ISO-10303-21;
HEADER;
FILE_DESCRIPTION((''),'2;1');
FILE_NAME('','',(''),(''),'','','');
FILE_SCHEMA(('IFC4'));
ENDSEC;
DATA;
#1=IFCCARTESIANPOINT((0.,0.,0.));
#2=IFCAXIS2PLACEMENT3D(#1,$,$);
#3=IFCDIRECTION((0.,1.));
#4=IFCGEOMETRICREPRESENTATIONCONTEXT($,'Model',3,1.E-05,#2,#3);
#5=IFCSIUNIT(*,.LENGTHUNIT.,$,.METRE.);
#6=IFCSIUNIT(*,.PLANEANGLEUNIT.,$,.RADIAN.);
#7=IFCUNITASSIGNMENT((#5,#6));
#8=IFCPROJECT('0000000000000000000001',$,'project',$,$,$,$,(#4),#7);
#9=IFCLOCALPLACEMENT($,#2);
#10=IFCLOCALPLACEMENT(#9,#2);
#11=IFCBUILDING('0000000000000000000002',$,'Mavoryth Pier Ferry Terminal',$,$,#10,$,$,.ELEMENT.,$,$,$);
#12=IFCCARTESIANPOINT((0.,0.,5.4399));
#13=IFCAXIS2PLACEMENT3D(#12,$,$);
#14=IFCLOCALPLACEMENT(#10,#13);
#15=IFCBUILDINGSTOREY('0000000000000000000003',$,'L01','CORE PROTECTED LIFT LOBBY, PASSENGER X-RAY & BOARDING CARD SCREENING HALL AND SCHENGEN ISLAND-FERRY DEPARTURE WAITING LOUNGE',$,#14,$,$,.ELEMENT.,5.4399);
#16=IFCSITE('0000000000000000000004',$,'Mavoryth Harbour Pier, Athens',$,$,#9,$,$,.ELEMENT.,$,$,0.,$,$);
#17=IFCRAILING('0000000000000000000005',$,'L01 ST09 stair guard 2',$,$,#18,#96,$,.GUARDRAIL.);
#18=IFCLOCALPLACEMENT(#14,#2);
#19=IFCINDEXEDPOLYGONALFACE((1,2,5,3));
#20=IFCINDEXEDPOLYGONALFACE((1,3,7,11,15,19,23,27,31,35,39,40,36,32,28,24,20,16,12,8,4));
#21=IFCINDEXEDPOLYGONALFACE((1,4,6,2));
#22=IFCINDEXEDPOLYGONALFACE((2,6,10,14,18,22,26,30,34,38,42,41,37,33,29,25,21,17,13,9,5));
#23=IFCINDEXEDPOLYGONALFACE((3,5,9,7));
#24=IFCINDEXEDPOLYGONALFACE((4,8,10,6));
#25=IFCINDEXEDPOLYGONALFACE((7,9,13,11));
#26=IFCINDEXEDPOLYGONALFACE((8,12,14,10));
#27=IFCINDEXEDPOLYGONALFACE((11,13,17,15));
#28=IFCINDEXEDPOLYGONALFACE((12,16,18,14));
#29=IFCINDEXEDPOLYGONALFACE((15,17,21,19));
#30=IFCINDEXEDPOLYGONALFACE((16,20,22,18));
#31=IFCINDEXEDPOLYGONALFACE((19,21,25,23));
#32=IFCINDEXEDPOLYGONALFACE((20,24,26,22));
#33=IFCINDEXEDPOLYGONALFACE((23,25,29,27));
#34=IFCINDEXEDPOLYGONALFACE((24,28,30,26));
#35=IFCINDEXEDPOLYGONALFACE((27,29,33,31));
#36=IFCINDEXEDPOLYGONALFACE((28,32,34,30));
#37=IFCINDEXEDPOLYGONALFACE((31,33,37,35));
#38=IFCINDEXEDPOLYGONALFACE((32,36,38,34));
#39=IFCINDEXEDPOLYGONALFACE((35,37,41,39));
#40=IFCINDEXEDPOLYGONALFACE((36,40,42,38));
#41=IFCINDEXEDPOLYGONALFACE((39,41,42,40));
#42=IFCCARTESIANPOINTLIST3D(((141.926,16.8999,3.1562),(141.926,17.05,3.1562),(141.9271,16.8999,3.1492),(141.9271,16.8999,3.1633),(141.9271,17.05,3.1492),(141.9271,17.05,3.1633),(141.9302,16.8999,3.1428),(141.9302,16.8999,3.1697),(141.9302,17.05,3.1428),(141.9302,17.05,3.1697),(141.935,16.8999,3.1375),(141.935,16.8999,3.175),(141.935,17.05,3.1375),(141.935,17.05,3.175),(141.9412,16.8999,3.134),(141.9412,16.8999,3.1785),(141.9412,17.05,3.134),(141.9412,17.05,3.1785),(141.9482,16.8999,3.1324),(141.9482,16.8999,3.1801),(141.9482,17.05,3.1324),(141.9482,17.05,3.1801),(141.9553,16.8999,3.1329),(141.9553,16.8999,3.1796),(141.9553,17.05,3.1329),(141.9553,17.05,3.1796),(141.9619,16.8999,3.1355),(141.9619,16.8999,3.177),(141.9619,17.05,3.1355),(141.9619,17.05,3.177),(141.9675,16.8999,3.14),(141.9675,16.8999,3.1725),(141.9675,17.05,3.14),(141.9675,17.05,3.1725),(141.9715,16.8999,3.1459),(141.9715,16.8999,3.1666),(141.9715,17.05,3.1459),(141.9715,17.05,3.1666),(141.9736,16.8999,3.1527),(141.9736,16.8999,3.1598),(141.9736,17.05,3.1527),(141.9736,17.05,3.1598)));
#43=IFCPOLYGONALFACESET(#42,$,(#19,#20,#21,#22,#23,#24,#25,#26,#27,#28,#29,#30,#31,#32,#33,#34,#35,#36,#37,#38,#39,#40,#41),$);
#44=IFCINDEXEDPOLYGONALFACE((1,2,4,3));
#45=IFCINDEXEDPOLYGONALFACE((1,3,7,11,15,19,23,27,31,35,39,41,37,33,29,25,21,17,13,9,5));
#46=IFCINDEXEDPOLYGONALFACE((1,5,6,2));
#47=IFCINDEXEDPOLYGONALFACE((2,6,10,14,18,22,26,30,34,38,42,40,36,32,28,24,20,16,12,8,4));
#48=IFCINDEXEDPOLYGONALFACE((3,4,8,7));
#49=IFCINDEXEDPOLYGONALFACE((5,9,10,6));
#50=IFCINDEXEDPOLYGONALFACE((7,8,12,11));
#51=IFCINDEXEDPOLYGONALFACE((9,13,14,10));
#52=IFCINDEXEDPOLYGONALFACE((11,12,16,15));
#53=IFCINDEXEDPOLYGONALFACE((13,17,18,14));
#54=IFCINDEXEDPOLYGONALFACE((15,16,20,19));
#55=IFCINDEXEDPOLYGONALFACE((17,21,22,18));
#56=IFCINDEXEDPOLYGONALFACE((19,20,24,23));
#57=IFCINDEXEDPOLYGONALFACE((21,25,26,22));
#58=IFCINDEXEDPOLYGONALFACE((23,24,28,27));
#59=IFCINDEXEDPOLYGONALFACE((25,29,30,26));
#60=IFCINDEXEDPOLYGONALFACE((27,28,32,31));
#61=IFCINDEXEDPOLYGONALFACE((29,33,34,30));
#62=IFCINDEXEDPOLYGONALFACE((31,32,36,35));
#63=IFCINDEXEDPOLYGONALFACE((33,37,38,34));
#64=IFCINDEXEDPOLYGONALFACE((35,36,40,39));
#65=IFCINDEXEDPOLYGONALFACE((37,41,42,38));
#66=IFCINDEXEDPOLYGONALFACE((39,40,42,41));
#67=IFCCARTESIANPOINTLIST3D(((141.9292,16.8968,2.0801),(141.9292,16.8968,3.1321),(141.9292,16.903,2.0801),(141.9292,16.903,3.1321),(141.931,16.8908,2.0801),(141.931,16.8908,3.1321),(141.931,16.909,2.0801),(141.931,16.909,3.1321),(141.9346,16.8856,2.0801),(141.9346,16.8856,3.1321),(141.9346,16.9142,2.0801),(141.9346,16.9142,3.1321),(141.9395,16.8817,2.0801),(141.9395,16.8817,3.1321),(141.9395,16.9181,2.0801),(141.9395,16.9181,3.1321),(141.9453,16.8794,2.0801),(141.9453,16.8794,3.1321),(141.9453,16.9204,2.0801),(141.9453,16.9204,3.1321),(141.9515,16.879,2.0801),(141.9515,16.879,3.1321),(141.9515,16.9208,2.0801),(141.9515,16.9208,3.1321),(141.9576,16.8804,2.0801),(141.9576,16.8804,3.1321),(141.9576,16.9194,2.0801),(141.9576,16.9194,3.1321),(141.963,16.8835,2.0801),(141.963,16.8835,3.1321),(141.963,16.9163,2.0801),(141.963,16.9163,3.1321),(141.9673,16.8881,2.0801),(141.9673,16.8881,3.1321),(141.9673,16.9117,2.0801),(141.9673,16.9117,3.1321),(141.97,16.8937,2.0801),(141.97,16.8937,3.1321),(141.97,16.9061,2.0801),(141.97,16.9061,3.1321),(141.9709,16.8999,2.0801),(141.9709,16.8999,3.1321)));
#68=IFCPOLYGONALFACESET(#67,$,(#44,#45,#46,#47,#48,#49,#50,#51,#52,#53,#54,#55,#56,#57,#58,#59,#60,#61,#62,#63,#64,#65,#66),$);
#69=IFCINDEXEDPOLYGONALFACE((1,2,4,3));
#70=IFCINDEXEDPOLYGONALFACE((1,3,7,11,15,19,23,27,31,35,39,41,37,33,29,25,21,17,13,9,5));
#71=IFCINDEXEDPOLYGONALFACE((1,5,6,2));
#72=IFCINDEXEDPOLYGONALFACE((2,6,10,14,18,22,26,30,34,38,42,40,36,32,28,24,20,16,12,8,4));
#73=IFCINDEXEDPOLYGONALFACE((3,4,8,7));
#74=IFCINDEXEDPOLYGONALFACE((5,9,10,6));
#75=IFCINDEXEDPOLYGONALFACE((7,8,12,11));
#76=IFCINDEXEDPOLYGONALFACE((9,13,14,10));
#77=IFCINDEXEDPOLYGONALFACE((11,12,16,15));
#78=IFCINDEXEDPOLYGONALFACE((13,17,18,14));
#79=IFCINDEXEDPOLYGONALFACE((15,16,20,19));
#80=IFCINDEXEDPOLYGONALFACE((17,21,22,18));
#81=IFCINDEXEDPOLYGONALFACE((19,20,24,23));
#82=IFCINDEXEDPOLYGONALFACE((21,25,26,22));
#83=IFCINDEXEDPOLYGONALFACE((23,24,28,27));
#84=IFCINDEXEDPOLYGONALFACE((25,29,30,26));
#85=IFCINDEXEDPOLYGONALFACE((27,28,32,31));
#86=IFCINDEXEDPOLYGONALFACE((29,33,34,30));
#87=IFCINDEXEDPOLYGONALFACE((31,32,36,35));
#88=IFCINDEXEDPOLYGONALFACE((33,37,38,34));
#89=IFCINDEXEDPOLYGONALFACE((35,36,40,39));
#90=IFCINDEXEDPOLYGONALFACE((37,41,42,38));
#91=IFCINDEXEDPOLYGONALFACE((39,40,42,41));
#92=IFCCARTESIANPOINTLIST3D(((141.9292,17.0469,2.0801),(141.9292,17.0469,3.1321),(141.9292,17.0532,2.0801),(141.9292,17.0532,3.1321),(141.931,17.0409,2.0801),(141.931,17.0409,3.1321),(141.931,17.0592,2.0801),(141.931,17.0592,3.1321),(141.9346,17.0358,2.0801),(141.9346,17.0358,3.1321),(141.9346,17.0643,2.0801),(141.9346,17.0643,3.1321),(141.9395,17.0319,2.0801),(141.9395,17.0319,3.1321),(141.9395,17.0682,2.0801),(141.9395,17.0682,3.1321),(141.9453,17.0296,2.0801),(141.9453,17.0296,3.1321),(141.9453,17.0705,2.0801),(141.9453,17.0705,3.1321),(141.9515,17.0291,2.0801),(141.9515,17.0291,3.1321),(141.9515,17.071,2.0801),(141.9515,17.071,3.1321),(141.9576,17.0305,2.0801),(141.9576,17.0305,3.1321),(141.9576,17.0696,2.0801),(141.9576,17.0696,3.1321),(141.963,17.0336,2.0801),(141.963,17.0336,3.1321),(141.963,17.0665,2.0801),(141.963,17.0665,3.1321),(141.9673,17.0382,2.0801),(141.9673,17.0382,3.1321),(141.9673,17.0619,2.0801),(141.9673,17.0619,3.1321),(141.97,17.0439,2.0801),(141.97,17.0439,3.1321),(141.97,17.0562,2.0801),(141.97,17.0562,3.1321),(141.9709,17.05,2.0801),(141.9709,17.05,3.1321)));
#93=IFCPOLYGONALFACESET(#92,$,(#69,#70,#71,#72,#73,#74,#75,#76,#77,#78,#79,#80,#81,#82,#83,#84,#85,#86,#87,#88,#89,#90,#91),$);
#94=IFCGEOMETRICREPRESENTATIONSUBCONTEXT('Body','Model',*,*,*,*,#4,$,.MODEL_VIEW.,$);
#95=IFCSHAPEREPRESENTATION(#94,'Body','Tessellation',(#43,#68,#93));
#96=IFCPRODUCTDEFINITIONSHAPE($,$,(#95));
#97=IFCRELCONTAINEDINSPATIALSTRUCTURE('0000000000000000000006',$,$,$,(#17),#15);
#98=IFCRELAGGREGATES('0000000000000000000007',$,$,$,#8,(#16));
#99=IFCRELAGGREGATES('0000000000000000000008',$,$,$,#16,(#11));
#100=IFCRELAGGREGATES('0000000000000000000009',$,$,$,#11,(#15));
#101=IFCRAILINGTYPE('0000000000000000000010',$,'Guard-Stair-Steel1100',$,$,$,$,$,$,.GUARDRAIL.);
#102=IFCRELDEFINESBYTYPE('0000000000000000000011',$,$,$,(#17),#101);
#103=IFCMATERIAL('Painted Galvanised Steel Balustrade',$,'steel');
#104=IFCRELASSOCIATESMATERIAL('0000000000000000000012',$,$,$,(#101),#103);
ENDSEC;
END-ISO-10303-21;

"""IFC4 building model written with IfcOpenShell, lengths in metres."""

from ifc_helpers import new_model, si_unit, direction, frame, origin, origin_2d, place, context, subcontext, project, spatial, circle, extrude, material, type_object, element, save


model = new_model("IFC4")

# Units and contexts
model_context = context("Model", 3, precision=1e-05, world=origin(), true_north=direction((0.0, 1.0)))
body_context = subcontext(model_context, "Body", "Model", "MODEL_VIEW")
ifc_project = project(units=[si_unit("LENGTHUNIT", "METRE"), si_unit("PLANEANGLEUNIT", "RADIAN")], contexts=[model_context])

# Site, building, storey
site_placement = place(None, origin())
site = spatial("IfcSite", under=ifc_project, at=site_placement, Name="Mavoryth Harbour Pier, Athens", CompositionType="ELEMENT", RefElevation=0.0)
building_placement = place(site_placement, origin())
building = spatial("IfcBuilding", under=site, at=building_placement, Name="Mavoryth Pier Ferry Terminal", CompositionType="ELEMENT")
storey_placement = place(building_placement, frame((0.0, 0.0, 5.4399)))
storey = spatial("IfcBuildingStorey", under=building, at=storey_placement, Name="L01", Description="CORE PROTECTED LIFT LOBBY, PASSENGER X-RAY & BOARDING CARD SCREENING HALL AND SCHENGEN ISLAND-FERRY DEPARTURE WAITING LOUNGE", CompositionType="ELEMENT", Elevation=5.4399)

# Railing
ifc_material_1 = material(Name="Painted Galvanised Steel Balustrade", Category="steel")
railing_type_1 = type_object("IfcRailingType", Name="Guard-Stair-Steel1100", PredefinedType="GUARDRAIL", material=ifc_material_1)
railing_1_placement = place(storey_placement, frame((141.95, 16.8999, 2.0801)))
element("IfcRailing", 1, at=railing_1_placement, inside=storey, type_object=railing_type_1, Name="L01 ST09 stair guard 2", PredefinedType="GUARDRAIL", context=body_context, shape_type="SweptSolid", body=[
    extrude(circle(Radius=0.0239, at=origin_2d()), frame((0.0, 0.0, 1.0762), z_axis=(0.0, 1.0, 0.0), x_axis=(-1.0, 0.0, 0.0)), (0.0, 0.0, 1.0), 0.1501),
    extrude(circle(Radius=0.021, at=origin_2d()), origin(), (0.0, 0.0, 1.0), 1.052),
    extrude(circle(Radius=0.021, at=origin_2d()), frame((0.0, 0.1501, 0.0)), (0.0, 0.0, 1.0), 1.052),
])

save(model, "model.ifc")
